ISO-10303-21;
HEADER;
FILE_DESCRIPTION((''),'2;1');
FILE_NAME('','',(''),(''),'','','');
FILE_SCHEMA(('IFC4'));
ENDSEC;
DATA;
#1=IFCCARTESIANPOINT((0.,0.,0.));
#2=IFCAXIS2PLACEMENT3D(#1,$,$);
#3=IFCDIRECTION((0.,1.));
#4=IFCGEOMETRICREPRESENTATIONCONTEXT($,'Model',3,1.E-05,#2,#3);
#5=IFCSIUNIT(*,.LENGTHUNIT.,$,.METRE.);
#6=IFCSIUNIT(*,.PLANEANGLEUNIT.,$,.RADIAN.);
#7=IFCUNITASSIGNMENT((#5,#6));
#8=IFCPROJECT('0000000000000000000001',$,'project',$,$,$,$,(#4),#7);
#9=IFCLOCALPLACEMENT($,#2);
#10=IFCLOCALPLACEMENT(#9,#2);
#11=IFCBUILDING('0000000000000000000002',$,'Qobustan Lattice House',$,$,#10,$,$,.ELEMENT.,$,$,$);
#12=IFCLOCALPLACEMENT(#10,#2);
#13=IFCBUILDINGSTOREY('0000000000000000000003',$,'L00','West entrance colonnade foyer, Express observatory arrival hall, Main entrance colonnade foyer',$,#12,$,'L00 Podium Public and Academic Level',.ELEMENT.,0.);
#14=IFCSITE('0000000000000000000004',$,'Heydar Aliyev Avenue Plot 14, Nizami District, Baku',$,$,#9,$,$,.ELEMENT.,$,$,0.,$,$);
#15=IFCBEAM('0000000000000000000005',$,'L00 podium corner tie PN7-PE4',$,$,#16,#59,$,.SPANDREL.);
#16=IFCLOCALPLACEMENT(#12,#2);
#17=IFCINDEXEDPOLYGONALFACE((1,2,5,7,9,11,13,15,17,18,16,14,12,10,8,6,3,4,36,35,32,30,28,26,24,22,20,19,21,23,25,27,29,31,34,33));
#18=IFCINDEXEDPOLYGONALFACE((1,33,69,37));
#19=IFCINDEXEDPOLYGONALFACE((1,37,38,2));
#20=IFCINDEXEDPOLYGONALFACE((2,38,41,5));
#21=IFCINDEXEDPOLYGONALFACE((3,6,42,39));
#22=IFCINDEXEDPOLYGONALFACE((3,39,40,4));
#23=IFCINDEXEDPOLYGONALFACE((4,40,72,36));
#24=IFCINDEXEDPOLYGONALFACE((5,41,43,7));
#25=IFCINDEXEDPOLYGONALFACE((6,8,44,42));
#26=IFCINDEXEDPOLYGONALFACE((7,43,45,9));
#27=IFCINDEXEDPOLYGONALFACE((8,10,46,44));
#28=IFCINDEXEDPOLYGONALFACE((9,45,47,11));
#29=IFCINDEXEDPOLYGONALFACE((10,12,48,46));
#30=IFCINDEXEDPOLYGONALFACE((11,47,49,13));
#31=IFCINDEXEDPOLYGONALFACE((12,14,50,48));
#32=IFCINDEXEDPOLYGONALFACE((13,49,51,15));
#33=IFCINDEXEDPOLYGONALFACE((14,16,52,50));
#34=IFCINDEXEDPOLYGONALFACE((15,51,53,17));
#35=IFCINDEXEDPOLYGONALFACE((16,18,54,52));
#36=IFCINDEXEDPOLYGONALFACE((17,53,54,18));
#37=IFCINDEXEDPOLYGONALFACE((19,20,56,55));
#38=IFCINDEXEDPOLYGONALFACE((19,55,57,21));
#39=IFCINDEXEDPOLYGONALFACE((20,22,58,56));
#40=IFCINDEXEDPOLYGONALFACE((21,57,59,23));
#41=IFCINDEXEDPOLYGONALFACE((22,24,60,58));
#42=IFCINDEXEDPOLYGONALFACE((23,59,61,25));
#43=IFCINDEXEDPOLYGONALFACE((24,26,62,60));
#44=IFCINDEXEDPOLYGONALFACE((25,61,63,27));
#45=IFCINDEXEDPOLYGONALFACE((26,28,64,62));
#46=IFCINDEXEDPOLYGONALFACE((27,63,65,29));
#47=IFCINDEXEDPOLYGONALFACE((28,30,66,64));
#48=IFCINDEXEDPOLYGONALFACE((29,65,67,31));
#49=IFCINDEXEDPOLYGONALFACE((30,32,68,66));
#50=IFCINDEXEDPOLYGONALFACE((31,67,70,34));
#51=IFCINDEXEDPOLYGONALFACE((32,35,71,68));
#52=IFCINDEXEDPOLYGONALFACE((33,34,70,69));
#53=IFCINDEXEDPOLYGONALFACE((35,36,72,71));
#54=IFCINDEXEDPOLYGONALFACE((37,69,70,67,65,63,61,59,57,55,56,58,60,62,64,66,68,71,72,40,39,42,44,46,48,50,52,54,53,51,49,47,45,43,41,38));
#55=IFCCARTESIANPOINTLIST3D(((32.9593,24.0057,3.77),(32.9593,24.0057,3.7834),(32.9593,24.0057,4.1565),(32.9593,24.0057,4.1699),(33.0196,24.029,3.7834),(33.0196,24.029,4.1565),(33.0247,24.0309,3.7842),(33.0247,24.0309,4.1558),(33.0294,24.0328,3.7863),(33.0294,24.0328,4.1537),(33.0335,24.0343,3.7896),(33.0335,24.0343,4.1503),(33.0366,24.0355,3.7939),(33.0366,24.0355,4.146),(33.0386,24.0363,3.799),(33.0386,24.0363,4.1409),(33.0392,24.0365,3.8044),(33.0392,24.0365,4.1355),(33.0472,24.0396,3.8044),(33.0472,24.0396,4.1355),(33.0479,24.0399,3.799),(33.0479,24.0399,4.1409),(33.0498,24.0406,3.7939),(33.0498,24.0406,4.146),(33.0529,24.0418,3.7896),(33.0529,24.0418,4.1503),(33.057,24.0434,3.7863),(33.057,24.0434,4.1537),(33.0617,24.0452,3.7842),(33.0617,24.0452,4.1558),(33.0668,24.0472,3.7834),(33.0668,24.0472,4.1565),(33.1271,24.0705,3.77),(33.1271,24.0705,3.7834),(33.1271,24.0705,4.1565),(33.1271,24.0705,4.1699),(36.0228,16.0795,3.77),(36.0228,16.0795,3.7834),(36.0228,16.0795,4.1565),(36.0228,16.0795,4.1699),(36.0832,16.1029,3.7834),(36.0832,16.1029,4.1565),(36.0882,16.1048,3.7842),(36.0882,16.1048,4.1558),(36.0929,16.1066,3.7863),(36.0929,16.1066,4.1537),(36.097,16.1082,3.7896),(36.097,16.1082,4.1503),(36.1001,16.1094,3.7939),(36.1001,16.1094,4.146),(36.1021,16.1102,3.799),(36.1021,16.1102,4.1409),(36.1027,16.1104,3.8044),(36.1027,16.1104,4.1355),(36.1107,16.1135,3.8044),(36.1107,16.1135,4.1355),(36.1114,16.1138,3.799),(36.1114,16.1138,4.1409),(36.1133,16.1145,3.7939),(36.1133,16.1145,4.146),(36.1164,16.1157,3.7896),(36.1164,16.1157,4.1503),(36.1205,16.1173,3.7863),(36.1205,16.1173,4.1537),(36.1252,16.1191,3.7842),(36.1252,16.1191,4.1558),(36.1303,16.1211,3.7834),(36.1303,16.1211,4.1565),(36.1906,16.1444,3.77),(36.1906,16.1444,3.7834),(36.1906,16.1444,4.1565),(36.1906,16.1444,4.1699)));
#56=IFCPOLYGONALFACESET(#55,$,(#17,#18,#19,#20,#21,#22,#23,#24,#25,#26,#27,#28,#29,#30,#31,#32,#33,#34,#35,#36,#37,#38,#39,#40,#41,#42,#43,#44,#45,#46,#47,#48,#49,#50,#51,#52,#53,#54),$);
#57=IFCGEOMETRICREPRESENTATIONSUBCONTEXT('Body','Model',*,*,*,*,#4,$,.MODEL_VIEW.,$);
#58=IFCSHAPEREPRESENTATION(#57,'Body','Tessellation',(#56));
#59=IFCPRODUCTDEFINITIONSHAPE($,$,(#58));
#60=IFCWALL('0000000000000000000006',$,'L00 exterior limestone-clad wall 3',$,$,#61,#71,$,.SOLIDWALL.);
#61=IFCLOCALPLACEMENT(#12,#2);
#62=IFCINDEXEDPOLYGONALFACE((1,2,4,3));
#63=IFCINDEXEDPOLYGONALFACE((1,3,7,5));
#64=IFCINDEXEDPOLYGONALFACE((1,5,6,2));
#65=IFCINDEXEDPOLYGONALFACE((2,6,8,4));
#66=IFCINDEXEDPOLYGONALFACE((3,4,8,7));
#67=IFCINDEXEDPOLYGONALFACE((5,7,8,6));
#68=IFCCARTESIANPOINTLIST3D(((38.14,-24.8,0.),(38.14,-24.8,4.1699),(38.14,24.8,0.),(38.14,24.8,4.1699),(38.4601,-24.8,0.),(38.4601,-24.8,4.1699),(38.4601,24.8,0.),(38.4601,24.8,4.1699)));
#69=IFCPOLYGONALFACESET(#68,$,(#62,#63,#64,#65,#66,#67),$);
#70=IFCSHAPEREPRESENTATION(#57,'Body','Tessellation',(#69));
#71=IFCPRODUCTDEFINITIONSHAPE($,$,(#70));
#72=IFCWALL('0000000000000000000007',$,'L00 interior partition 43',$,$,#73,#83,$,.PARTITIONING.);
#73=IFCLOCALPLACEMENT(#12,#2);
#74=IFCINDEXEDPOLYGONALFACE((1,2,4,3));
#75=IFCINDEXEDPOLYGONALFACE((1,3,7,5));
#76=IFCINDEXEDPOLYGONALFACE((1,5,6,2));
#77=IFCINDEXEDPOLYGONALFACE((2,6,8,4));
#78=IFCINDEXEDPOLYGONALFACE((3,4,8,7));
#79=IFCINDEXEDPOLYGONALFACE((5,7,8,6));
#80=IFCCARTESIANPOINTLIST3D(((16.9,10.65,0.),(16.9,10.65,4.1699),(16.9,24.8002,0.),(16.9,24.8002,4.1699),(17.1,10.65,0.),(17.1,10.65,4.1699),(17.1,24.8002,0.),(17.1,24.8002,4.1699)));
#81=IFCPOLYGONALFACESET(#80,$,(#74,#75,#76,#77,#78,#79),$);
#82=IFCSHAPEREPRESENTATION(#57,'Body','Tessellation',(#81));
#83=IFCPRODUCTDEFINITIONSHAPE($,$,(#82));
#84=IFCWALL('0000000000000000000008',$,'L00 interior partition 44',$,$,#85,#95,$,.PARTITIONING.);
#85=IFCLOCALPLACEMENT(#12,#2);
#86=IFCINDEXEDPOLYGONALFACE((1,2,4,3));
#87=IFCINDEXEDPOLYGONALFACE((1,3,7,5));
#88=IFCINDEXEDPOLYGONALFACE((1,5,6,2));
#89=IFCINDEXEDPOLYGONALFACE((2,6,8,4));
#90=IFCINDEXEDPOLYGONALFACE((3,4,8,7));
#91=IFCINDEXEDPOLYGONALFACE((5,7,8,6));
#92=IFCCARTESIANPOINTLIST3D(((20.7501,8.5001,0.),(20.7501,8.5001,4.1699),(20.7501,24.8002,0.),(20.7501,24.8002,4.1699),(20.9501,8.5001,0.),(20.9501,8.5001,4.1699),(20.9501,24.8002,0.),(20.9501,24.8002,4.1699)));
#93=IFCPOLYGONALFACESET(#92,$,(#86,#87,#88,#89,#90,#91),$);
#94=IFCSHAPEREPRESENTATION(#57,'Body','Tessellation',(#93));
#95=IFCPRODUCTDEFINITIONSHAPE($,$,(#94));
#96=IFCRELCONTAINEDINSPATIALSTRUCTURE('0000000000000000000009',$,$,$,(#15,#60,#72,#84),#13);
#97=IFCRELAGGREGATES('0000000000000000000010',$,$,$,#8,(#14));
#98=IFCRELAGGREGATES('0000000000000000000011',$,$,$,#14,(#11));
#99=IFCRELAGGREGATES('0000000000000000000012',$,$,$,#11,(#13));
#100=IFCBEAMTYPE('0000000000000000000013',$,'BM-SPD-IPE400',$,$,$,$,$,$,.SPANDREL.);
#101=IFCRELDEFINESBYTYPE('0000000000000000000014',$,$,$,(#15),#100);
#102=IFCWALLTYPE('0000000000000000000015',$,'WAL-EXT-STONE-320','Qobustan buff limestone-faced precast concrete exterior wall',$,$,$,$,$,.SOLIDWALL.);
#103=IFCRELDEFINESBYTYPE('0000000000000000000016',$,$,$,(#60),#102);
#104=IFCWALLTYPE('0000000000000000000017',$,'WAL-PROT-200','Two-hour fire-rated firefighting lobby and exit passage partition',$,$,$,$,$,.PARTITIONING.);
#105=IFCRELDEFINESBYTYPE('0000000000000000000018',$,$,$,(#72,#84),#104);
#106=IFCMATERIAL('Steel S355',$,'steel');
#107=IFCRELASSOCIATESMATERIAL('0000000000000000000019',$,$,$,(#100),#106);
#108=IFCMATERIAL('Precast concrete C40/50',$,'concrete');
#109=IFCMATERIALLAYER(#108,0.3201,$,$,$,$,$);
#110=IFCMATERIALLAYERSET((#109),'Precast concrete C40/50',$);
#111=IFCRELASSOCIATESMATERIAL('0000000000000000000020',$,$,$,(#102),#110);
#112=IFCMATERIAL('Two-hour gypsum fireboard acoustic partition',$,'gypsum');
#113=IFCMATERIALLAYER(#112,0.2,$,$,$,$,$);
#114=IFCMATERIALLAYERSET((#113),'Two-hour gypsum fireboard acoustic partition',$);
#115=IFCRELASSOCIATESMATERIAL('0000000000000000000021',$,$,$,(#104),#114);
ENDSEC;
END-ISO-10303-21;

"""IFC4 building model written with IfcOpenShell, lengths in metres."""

from ifc_helpers import new_model, si_unit, direction, frame, frame_2d, origin, origin_2d, place, context, subcontext, project, spatial, rectangle, i_section, extrude, material, layer, layer_set, material_profile, profile_set, type_object, element, save


model = new_model("IFC4")

# Units and contexts
model_context = context("Model", 3, precision=1e-05, world=origin(), true_north=direction((0.0, 1.0)))
body_context = subcontext(model_context, "Body", "Model", "MODEL_VIEW")
ifc_project = project(units=[si_unit("LENGTHUNIT", "METRE"), si_unit("PLANEANGLEUNIT", "RADIAN")], contexts=[model_context])

# Site, building, storey
site_placement = place(None, origin())
site = spatial("IfcSite", under=ifc_project, at=site_placement, Name="Heydar Aliyev Avenue Plot 14, Nizami District, Baku", CompositionType="ELEMENT", RefElevation=0.0)
building_placement = place(site_placement, origin())
building = spatial("IfcBuilding", under=site, at=building_placement, Name="Qobustan Lattice House", CompositionType="ELEMENT")
storey_placement = place(building_placement, origin())
storey = spatial("IfcBuildingStorey", under=building, at=storey_placement, Name="L00", Description="West entrance colonnade foyer, Express observatory arrival hall, Main entrance colonnade foyer", LongName="L00 Podium Public and Academic Level", CompositionType="ELEMENT", Elevation=0.0)

# Beam
ifc_material_1 = material(Name="Steel S355", Category="steel")
ifc_material_profile_1 = material_profile(ifc_material_1, i_section(OverallWidth=0.1799, OverallDepth=0.3999, WebThickness=0.0085, FlangeThickness=0.0134, FilletRadius=0.021, at=origin_2d()), Name="IPE400")
ifc_profile_set_1 = profile_set([ifc_material_profile_1], Name="Steel S355")
beam_type_1 = type_object("IfcBeamType", Name="BM-SPD-IPE400", PredefinedType="SPANDREL", material=ifc_profile_set_1)
beam_1_placement = place(storey_placement, frame((33.0432, 24.0381, 3.97), z_axis=(0.360517, -0.932753, 0.0), x_axis=(0.932753, 0.360517, 0.0)))
element("IfcBeam", 1, at=beam_1_placement, inside=storey, type_object=beam_type_1, Name="L00 podium corner tie PN7-PE4", PredefinedType="SPANDREL", context=body_context, shape_type="SweptSolid", body=[
    extrude(i_section(OverallWidth=0.1799, OverallDepth=0.3999, WebThickness=0.0085, FlangeThickness=0.0134, FilletRadius=0.021, at=origin_2d()), origin(), (0.0, 0.0, 1.0), 8.4976),
])

# Walls
ifc_material_2 = material(Name="Precast concrete C40/50", Category="concrete")
ifc_layer_1 = layer(ifc_material_2, 0.3201)
ifc_layer_set_1 = layer_set([ifc_layer_1], Name="Precast concrete C40/50")
wall_type_1 = type_object("IfcWallType", Name="WAL-EXT-STONE-320", Description="Qobustan buff limestone-faced precast concrete exterior wall", PredefinedType="SOLIDWALL", material=ifc_layer_set_1)
wall_1_placement = place(storey_placement, frame((38.3, 24.8, 0.0), z_axis=(0.0, 0.0, 1.0), x_axis=(0.0, -1.0, 0.0)))
element("IfcWall", 2, at=wall_1_placement, inside=storey, type_object=wall_type_1, Name="L00 exterior limestone-clad wall 3", PredefinedType="SOLIDWALL", context=body_context, shape_type="SweptSolid", body=[
    extrude(rectangle(XDim=49.6001, YDim=0.3201, at=frame_2d((24.8, 0.0))), origin(), (0.0, 0.0, 1.0), 4.1699),
])
ifc_material_3 = material(Name="Two-hour gypsum fireboard acoustic partition", Category="gypsum")
ifc_layer_2 = layer(ifc_material_3, 0.2)
ifc_layer_set_2 = layer_set([ifc_layer_2], Name="Two-hour gypsum fireboard acoustic partition")
wall_type_2 = type_object("IfcWallType", Name="WAL-PROT-200", Description="Two-hour fire-rated firefighting lobby and exit passage partition", PredefinedType="PARTITIONING", material=ifc_layer_set_2)
wall_2_placement = place(storey_placement, frame((17.0, 10.6499, 0.0), z_axis=(0.0, 0.0, 1.0), x_axis=(0.0, 1.0, 0.0)))
element("IfcWall", 3, at=wall_2_placement, inside=storey, type_object=wall_type_2, Name="L00 interior partition 43", PredefinedType="PARTITIONING", context=body_context, shape_type="SweptSolid", body=[
    extrude(rectangle(XDim=14.1501, YDim=0.2, at=frame_2d((7.0752, 0.0))), origin(), (0.0, 0.0, 1.0), 4.1699),
])
wall_3_placement = place(storey_placement, frame((20.8501, 24.8, 0.0), z_axis=(0.0, 0.0, 1.0), x_axis=(0.0, -1.0, 0.0)))
element("IfcWall", 4, at=wall_3_placement, inside=storey, type_object=wall_type_2, Name="L00 interior partition 44", PredefinedType="PARTITIONING", context=body_context, shape_type="SweptSolid", body=[
    extrude(rectangle(XDim=16.3, YDim=0.2, at=frame_2d((8.1499, 0.0))), origin(), (0.0, 0.0, 1.0), 4.1699),
])

save(model, "model.ifc")
